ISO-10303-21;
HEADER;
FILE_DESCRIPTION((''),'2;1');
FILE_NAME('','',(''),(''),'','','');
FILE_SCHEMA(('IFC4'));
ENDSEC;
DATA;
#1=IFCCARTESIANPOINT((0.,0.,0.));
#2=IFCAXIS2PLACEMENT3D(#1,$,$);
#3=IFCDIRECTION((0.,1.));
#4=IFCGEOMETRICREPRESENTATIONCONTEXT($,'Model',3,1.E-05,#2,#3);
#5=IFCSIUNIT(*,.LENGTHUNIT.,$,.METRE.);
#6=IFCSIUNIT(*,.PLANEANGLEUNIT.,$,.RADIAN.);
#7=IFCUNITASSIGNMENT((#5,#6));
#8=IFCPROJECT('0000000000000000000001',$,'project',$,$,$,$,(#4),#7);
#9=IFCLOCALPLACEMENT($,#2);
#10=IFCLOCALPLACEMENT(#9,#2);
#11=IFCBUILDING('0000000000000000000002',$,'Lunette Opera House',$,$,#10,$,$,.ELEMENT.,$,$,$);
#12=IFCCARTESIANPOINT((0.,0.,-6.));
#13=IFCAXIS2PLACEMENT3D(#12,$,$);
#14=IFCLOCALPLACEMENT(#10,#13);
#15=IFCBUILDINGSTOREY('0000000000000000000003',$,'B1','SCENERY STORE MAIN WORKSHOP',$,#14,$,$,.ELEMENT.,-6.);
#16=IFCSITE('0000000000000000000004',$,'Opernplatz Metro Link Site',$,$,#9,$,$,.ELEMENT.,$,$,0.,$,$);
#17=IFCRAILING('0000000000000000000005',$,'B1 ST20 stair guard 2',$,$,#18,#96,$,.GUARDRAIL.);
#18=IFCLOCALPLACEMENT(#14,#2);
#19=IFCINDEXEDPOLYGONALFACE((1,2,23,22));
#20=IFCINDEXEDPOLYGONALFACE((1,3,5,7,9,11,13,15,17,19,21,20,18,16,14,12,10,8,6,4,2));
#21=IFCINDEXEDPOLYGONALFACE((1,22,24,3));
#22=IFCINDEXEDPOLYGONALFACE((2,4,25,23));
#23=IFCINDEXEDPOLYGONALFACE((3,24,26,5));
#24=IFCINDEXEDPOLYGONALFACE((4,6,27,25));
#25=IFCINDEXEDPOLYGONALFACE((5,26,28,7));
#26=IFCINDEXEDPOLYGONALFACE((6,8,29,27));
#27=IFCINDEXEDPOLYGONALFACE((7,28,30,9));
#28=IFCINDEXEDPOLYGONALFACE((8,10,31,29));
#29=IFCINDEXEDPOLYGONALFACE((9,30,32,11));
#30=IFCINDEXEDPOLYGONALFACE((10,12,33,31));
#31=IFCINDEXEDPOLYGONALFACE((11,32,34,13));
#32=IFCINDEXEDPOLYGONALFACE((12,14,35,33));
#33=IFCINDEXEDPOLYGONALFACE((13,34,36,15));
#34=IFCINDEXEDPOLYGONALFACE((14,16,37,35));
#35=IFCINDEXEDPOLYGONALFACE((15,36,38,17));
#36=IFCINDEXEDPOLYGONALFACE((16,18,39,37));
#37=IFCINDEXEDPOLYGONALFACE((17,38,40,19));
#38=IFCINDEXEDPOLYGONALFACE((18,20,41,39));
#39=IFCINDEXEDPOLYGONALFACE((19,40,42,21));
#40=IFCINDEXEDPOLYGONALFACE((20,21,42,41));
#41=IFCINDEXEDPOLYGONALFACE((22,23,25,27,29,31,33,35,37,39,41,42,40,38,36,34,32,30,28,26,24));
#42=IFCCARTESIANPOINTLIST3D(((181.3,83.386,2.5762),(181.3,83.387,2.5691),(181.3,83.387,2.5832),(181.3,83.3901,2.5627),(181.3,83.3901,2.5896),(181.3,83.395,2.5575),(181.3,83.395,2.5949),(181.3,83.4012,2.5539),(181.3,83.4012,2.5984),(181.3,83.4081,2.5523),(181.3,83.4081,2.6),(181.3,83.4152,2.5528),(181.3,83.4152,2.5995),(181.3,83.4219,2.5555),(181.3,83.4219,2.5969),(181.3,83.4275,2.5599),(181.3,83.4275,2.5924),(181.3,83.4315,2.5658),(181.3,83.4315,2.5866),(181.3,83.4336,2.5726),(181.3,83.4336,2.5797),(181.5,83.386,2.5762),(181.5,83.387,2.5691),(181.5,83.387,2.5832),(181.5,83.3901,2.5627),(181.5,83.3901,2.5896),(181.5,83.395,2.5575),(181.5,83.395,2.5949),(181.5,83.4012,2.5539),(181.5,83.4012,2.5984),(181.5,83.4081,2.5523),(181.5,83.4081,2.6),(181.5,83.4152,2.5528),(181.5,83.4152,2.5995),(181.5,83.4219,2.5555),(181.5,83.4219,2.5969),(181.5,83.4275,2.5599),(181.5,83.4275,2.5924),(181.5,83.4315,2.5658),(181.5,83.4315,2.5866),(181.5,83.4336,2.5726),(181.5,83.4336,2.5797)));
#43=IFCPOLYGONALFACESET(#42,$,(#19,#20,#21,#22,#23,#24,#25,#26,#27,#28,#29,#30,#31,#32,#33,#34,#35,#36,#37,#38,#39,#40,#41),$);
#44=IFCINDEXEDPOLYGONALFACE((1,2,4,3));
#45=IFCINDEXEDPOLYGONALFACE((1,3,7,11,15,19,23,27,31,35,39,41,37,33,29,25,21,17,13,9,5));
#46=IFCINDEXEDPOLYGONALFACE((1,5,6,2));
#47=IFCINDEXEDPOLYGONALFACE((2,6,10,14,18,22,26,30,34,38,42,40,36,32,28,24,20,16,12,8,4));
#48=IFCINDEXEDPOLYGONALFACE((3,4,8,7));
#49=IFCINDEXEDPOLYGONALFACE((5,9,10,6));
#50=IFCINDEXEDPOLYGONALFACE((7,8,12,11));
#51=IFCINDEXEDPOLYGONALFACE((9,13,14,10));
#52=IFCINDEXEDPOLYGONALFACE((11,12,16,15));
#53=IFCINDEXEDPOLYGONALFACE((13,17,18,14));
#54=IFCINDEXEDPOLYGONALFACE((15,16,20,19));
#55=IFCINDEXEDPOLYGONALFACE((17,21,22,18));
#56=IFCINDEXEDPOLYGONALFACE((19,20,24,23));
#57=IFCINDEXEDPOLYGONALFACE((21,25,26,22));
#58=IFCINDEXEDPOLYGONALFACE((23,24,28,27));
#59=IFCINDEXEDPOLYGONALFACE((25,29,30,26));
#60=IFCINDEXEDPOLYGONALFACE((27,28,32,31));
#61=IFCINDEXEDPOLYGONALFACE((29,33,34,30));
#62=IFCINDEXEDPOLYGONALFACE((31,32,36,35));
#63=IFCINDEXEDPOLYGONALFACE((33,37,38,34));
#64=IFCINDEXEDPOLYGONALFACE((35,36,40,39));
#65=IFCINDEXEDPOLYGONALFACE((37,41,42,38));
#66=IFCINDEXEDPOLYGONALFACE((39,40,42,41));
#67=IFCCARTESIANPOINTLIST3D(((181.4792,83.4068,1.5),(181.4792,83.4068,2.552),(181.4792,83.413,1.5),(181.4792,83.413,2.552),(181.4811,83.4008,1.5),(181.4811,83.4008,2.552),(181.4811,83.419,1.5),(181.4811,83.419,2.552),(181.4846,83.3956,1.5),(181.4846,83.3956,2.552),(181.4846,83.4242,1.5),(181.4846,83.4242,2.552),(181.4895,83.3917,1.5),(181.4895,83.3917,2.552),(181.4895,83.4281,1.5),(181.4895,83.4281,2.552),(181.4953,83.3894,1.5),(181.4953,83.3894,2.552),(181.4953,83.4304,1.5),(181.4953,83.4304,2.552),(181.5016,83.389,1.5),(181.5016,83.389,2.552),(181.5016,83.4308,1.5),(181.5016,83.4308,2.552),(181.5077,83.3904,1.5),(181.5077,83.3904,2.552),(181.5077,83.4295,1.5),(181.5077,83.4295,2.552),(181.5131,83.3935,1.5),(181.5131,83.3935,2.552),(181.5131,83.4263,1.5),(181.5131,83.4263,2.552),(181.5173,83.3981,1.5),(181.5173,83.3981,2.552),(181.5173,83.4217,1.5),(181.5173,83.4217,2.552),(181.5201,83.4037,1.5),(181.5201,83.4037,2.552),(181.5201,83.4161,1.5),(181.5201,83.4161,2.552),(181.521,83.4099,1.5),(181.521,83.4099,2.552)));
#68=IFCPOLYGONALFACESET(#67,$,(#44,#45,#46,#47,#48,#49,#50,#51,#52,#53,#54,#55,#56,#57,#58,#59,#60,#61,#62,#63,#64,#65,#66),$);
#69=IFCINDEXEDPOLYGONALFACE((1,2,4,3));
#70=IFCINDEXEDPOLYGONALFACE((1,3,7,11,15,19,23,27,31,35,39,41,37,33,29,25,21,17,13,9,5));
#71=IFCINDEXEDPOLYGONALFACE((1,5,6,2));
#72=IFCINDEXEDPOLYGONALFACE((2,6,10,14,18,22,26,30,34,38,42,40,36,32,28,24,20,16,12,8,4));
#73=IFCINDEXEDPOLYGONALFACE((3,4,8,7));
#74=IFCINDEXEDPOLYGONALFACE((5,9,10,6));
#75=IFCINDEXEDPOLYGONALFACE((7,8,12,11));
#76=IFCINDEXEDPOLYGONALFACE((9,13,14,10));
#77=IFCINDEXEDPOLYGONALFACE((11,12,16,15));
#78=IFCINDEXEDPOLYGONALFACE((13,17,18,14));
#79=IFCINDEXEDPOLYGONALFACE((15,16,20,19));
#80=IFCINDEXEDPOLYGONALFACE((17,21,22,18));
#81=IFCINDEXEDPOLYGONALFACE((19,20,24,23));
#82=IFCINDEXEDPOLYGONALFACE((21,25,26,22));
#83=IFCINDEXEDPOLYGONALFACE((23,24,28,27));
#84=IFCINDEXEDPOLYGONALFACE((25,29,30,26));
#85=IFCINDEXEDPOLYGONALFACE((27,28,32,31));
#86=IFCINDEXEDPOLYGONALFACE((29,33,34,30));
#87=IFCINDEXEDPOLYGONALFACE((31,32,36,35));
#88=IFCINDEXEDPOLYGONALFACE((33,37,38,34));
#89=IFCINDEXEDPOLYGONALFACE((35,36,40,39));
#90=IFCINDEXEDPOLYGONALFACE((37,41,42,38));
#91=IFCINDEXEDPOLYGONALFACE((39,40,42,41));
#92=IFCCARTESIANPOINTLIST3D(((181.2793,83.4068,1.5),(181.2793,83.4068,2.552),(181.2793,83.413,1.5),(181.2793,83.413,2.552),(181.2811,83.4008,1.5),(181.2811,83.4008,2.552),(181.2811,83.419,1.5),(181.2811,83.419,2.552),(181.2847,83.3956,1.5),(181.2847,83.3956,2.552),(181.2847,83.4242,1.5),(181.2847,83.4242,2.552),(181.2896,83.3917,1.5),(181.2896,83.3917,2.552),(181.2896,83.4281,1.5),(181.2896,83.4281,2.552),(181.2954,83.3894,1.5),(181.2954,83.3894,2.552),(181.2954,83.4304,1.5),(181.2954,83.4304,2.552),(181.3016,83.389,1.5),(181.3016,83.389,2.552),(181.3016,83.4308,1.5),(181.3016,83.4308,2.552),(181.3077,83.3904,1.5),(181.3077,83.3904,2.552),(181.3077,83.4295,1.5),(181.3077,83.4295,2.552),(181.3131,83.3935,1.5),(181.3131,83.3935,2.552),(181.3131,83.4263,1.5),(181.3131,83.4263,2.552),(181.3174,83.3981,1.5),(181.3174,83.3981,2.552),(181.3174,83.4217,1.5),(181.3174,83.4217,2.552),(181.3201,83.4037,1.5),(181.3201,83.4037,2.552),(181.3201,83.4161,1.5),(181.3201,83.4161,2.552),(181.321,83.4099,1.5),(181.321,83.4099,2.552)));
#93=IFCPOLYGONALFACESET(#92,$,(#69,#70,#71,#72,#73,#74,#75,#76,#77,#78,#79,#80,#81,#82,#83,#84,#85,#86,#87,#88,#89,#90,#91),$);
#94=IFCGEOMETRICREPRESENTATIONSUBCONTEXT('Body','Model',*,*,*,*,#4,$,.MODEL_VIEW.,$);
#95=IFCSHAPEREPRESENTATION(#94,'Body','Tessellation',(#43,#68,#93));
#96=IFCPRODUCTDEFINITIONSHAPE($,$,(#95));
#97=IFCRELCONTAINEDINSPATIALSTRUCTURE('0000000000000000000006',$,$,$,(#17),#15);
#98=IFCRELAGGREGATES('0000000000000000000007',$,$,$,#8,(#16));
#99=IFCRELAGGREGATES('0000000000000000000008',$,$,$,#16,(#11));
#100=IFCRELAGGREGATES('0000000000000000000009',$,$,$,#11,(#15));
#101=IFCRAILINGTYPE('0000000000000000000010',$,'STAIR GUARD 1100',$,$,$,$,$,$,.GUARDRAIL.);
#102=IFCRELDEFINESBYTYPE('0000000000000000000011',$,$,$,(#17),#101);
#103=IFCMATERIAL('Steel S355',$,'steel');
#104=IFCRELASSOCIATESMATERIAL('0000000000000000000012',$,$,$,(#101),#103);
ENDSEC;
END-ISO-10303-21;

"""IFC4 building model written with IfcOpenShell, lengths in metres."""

from ifc_helpers import new_model, si_unit, direction, frame, origin, origin_2d, place, context, subcontext, project, spatial, circle, extrude, material, type_object, element, save


model = new_model("IFC4")

# Units and contexts
model_context = context("Model", 3, precision=1e-05, world=origin(), true_north=direction((0.0, 1.0)))
body_context = subcontext(model_context, "Body", "Model", "MODEL_VIEW")
ifc_project = project(units=[si_unit("LENGTHUNIT", "METRE"), si_unit("PLANEANGLEUNIT", "RADIAN")], contexts=[model_context])

# Site, building, storey
site_placement = place(None, origin())
site = spatial("IfcSite", under=ifc_project, at=site_placement, Name="Opernplatz Metro Link Site", CompositionType="ELEMENT", RefElevation=0.0)
building_placement = place(site_placement, origin())
building = spatial("IfcBuilding", under=site, at=building_placement, Name="Lunette Opera House", CompositionType="ELEMENT")
storey_placement = place(building_placement, frame((0.0, 0.0, -6.0)))
storey = spatial("IfcBuildingStorey", under=building, at=storey_placement, Name="B1", Description="SCENERY STORE MAIN WORKSHOP", CompositionType="ELEMENT", Elevation=-6.0)

# Railing
ifc_material_1 = material(Name="Steel S355", Category="steel")
railing_type_1 = type_object("IfcRailingType", Name="STAIR GUARD 1100", PredefinedType="GUARDRAIL", material=ifc_material_1)
railing_1_placement = place(storey_placement, frame((181.5, 83.4099, 1.5)))
element("IfcRailing", 1, at=railing_1_placement, inside=storey, type_object=railing_type_1, Name="B1 ST20 stair guard 2", PredefinedType="GUARDRAIL", context=body_context, shape_type="SweptSolid", body=[
    extrude(circle(Radius=0.0239, at=origin_2d()), frame((0.0, 0.0, 1.0762), z_axis=(-1.0, 0.0, 0.0), x_axis=(0.0, -1.0, 0.0)), (0.0, 0.0, 1.0), 0.2),
    extrude(circle(Radius=0.021, at=origin_2d()), origin(), (0.0, 0.0, 1.0), 1.052),
    extrude(circle(Radius=0.021, at=origin_2d()), frame((-0.2, 0.0, 0.0)), (0.0, 0.0, 1.0), 1.052),
])

save(model, "model.ifc")
